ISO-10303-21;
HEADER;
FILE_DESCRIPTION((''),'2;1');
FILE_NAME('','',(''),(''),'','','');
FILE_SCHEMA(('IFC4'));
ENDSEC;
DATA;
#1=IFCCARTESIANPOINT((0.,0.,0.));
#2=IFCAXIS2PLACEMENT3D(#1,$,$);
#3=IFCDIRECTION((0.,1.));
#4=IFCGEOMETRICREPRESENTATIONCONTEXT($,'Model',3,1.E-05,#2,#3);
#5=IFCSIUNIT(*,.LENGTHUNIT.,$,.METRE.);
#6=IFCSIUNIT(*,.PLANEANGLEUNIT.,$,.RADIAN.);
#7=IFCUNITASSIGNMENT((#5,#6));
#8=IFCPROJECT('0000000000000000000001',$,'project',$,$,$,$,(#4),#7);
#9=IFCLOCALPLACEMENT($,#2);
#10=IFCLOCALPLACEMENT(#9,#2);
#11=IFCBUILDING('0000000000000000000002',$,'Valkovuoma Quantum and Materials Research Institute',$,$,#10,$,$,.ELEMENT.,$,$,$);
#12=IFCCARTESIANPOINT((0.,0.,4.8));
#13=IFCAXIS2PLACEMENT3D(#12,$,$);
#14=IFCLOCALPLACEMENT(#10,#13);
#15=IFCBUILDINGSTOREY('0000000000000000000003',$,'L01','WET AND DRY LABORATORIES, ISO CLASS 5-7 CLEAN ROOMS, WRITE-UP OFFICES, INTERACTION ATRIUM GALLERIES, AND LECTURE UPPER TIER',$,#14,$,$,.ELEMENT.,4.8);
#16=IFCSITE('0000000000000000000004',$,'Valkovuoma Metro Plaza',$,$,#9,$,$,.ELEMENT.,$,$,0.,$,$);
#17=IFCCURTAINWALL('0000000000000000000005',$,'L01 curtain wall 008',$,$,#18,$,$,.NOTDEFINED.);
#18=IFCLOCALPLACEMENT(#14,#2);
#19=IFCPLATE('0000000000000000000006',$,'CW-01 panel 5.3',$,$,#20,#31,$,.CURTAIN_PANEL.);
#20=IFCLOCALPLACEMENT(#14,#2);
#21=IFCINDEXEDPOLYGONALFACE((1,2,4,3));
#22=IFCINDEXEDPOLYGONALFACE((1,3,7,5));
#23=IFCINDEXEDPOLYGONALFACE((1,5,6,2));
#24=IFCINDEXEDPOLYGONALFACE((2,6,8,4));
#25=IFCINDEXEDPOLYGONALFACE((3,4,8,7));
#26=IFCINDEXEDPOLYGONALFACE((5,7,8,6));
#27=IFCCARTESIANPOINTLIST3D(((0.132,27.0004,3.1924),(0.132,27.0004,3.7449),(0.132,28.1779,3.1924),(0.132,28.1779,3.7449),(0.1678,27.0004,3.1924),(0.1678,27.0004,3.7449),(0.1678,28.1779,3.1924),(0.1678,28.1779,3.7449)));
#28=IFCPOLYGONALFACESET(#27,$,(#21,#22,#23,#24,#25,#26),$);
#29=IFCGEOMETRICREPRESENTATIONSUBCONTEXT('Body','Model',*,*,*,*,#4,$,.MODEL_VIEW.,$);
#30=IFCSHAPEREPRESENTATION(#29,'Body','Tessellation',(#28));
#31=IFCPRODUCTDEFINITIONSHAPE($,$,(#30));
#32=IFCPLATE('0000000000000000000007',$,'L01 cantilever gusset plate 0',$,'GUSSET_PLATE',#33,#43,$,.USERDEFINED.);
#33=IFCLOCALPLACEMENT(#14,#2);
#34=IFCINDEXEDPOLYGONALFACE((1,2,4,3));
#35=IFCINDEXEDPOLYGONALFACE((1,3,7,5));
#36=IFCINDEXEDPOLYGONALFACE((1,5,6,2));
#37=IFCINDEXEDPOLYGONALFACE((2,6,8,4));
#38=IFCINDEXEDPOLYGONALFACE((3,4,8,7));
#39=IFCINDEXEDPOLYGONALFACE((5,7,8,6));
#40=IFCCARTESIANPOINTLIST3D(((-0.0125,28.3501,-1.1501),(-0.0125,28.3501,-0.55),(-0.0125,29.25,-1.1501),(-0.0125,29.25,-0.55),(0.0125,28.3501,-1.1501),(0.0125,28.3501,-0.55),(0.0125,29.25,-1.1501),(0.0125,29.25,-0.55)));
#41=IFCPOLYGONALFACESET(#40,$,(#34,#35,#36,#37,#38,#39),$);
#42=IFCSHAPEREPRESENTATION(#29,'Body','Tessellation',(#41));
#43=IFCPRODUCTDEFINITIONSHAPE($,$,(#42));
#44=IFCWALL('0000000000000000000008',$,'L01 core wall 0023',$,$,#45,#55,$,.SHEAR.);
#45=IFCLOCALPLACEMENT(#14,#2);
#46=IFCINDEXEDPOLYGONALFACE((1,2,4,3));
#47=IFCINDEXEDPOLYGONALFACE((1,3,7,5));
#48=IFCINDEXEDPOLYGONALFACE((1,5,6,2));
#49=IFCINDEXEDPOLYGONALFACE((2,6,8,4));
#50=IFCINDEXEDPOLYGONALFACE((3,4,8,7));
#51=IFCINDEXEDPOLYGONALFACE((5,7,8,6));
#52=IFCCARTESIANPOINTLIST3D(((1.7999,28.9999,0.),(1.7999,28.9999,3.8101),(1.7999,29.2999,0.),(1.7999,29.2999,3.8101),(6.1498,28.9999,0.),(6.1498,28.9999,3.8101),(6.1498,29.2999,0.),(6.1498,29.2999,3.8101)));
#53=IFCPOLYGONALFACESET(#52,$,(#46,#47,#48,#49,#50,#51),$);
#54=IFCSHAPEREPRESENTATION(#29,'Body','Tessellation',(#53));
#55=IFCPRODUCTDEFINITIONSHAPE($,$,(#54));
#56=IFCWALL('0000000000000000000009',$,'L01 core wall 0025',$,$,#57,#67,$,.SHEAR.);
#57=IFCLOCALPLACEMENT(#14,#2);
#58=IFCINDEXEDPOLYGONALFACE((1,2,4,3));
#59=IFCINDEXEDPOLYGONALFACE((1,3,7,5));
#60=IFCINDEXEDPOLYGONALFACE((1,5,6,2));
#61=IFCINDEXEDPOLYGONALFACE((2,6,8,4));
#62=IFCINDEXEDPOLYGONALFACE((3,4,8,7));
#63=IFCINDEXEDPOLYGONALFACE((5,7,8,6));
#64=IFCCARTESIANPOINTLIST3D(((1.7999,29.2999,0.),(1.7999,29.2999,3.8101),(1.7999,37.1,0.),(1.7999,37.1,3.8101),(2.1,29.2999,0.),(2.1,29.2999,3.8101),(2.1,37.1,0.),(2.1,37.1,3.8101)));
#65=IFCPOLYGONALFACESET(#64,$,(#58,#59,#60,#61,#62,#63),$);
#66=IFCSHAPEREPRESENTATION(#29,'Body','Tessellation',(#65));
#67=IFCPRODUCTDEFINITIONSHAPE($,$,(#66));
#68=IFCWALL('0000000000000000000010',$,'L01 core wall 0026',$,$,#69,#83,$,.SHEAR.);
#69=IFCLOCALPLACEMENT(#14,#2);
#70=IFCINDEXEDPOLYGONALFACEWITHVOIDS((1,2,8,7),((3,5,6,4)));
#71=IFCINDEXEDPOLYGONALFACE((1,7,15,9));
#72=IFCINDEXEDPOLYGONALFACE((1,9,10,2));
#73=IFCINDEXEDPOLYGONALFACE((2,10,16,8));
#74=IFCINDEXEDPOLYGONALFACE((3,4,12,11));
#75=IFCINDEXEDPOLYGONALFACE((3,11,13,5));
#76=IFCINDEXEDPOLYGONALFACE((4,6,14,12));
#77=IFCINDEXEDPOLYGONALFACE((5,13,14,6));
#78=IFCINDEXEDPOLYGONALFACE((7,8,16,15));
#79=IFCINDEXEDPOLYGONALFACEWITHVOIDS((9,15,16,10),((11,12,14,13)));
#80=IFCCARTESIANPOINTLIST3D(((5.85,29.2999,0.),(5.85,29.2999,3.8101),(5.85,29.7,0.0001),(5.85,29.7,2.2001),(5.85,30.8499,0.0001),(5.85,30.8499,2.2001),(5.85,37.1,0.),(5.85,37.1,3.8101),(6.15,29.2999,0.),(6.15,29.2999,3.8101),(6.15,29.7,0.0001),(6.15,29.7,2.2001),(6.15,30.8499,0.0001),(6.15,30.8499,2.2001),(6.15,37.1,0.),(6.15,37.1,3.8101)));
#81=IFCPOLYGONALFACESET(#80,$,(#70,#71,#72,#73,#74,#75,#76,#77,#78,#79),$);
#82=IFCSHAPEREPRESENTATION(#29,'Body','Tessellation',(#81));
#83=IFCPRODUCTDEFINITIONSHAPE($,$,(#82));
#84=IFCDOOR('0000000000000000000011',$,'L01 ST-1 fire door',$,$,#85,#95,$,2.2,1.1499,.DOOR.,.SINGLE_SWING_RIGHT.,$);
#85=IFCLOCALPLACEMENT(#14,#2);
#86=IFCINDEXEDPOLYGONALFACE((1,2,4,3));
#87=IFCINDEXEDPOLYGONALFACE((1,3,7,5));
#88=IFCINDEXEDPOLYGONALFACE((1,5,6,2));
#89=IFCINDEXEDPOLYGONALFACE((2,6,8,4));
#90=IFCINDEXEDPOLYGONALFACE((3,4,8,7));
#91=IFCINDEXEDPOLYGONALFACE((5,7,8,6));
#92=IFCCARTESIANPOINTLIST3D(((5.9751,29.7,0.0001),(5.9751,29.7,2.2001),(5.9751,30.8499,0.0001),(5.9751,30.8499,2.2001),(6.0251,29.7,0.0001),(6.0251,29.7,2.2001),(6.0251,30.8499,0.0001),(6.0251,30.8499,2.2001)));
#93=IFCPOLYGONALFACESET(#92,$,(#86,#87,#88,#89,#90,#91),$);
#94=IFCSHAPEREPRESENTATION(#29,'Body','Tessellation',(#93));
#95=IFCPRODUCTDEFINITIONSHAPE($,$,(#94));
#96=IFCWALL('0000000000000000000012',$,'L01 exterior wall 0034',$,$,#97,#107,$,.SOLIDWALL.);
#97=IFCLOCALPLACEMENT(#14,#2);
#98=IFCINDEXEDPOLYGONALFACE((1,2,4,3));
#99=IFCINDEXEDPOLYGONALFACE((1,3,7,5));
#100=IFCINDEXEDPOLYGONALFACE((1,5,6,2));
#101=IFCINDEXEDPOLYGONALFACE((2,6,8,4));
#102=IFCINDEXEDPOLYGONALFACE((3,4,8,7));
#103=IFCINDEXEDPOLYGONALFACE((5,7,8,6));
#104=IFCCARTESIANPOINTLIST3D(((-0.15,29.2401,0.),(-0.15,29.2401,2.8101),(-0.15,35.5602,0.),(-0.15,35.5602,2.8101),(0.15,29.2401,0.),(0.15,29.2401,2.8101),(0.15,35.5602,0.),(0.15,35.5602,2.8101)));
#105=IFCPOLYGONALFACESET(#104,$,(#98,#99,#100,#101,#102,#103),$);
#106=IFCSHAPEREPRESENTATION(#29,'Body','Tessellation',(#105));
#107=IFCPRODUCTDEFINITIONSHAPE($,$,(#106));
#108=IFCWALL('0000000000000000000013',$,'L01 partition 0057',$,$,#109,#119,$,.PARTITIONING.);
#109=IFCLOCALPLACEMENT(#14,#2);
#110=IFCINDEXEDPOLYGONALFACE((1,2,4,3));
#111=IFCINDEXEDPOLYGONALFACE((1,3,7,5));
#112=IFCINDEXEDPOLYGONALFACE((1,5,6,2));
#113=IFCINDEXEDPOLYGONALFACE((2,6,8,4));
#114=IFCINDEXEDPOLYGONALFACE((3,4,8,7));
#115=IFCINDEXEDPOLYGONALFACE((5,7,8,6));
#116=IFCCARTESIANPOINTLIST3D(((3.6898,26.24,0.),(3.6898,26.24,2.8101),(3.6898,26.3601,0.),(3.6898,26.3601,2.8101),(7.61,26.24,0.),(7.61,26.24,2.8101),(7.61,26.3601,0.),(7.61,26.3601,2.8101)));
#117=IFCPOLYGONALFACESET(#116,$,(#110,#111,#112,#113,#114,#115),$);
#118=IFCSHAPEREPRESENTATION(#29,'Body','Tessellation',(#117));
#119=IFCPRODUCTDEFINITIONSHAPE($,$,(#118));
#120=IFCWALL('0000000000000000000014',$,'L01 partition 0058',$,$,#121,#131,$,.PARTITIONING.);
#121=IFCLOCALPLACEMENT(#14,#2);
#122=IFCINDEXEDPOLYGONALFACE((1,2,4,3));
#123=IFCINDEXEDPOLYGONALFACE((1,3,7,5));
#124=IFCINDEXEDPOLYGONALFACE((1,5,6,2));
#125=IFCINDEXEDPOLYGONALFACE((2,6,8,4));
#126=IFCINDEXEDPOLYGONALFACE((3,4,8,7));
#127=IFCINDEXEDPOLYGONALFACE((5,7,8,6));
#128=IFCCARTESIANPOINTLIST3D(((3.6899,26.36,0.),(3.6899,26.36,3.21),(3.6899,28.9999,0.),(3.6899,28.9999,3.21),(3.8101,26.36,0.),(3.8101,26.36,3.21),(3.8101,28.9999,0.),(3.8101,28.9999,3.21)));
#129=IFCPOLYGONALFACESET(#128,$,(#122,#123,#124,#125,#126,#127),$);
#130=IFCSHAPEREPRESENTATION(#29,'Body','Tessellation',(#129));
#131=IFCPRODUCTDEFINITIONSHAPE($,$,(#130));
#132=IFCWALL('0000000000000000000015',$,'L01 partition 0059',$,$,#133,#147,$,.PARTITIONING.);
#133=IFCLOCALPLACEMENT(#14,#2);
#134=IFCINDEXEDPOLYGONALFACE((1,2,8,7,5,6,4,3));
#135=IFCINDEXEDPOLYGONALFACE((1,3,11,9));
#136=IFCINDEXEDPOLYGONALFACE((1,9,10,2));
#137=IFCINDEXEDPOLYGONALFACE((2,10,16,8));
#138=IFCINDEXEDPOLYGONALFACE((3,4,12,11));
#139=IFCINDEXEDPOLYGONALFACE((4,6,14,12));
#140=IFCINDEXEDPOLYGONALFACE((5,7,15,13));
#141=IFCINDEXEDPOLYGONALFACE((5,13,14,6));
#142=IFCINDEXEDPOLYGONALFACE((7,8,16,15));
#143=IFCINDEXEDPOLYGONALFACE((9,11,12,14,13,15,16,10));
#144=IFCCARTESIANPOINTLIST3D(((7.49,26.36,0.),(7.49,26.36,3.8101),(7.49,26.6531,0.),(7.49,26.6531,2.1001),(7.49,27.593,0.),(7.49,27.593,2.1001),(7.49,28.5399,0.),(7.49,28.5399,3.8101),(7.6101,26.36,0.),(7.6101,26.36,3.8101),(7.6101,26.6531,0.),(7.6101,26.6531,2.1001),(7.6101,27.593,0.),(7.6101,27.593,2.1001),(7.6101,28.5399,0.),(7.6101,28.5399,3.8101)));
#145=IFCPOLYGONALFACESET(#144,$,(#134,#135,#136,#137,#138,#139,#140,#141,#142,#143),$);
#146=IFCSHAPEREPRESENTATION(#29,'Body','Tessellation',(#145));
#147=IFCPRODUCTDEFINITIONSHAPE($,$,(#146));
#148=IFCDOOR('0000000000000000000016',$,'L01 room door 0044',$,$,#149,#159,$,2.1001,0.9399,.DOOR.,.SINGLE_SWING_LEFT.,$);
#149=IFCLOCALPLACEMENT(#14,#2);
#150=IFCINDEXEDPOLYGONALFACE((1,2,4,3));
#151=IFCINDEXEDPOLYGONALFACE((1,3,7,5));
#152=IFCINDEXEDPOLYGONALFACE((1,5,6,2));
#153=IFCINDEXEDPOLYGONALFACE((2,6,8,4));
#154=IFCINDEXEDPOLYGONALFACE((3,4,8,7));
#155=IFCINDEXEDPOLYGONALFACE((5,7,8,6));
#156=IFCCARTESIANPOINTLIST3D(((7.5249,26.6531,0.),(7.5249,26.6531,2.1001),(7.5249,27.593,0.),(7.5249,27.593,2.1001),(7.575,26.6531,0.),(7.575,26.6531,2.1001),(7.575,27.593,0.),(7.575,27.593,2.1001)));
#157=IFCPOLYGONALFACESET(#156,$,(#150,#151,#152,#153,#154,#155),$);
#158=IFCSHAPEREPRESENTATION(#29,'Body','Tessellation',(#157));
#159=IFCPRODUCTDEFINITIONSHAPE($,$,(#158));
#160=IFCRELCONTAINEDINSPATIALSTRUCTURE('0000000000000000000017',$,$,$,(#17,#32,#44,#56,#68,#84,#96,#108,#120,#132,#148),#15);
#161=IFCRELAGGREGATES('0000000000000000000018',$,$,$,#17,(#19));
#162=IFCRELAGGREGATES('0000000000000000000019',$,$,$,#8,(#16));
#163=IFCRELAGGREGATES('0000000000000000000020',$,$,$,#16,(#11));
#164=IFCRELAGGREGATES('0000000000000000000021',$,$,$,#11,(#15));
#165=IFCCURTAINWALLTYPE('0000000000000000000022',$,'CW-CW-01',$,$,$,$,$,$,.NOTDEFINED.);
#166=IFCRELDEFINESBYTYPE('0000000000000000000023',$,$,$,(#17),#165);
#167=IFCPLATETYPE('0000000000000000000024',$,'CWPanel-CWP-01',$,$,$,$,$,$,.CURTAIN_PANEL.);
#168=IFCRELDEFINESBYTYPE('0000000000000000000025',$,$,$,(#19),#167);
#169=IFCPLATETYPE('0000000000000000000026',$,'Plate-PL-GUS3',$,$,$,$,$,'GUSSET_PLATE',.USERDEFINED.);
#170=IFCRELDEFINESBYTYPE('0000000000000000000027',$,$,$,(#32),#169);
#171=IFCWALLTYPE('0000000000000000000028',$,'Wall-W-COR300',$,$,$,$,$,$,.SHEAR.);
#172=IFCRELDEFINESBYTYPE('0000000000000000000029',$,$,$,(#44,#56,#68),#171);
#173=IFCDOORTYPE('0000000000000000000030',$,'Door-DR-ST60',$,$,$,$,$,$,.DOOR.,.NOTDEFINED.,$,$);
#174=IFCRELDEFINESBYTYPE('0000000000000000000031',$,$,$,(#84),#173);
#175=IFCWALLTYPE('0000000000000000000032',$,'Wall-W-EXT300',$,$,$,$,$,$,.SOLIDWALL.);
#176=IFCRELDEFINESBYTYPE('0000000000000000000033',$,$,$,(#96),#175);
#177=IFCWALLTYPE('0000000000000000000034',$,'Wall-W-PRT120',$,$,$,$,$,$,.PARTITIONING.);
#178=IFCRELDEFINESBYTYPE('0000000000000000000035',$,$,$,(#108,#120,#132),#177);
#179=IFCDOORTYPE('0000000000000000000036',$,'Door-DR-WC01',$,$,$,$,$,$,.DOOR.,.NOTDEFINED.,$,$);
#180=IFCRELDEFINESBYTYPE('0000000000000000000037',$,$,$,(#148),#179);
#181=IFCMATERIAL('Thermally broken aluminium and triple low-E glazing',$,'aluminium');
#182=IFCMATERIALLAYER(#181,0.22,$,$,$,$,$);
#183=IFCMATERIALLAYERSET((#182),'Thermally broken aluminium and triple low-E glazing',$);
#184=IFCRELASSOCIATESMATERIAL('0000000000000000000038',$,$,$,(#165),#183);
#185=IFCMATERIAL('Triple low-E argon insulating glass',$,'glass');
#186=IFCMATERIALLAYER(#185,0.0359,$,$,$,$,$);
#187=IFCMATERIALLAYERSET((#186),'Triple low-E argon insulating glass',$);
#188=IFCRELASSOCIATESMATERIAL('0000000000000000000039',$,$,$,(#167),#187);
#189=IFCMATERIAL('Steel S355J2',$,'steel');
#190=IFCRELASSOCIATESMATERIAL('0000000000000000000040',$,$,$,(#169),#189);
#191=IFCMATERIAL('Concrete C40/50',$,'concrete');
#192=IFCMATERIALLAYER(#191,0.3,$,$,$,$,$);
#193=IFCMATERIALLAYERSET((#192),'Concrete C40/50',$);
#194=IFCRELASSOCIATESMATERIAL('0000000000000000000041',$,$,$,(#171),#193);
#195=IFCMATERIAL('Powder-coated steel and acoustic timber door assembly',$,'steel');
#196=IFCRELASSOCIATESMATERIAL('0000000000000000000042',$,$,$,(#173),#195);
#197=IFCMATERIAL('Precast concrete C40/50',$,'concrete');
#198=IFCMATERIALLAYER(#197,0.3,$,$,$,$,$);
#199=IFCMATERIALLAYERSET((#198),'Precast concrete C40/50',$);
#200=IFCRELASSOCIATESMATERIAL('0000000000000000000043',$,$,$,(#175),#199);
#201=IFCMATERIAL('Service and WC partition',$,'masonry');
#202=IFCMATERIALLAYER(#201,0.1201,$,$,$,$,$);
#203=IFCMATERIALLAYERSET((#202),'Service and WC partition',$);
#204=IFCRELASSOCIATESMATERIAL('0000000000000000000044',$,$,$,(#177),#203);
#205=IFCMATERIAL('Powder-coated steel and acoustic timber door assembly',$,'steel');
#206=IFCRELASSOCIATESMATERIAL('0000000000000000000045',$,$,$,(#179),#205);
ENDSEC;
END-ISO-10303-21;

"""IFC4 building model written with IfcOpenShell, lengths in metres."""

from ifc_helpers import new_model, si_unit, direction, frame, frame_2d, origin, origin_2d, place, context, subcontext, project, spatial, rectangle, extrude, material, layer, layer_set, type_object, element, fill, aggregate, save


model = new_model("IFC4")

# Units and contexts
model_context = context("Model", 3, precision=1e-05, world=origin(), true_north=direction((0.0, 1.0)))
body_context = subcontext(model_context, "Body", "Model", "MODEL_VIEW")
ifc_project = project(units=[si_unit("LENGTHUNIT", "METRE"), si_unit("PLANEANGLEUNIT", "RADIAN")], contexts=[model_context])

# Site, building, storey
site_placement = place(None, origin())
site = spatial("IfcSite", under=ifc_project, at=site_placement, Name="Valkovuoma Metro Plaza", CompositionType="ELEMENT", RefElevation=0.0)
building_placement = place(site_placement, origin())
building = spatial("IfcBuilding", under=site, at=building_placement, Name="Valkovuoma Quantum and Materials Research Institute", CompositionType="ELEMENT")
storey_placement = place(building_placement, frame((0.0, 0.0, 4.8)))
storey = spatial("IfcBuildingStorey", under=building, at=storey_placement, Name="L01", Description="WET AND DRY LABORATORIES, ISO CLASS 5-7 CLEAN ROOMS, WRITE-UP OFFICES, INTERACTION ATRIUM GALLERIES, AND LECTURE UPPER TIER", CompositionType="ELEMENT", Elevation=4.8)

# Curtain wall
ifc_material_1 = material(Name="Thermally broken aluminium and triple low-E glazing", Category="aluminium")
ifc_layer_1 = layer(ifc_material_1, 0.22)
ifc_layer_set_1 = layer_set([ifc_layer_1], Name="Thermally broken aluminium and triple low-E glazing")
curtain_wall_type = type_object("IfcCurtainWallType", Name="CW-CW-01", PredefinedType="NOTDEFINED", material=ifc_layer_set_1)
curtain_wall_placement = place(storey_placement, origin())
curtain_wall = element("IfcCurtainWall", 1, at=curtain_wall_placement, inside=storey, type_object=curtain_wall_type, Name="L01 curtain wall 008", PredefinedType="NOTDEFINED")

# Plates
ifc_material_2 = material(Name="Triple low-E argon insulating glass", Category="glass")
ifc_layer_2 = layer(ifc_material_2, 0.0359)
ifc_layer_set_2 = layer_set([ifc_layer_2], Name="Triple low-E argon insulating glass")
plate_type_1 = type_object("IfcPlateType", Name="CWPanel-CWP-01", PredefinedType="CURTAIN_PANEL", material=ifc_layer_set_2)
plate_1_placement = place(storey_placement, frame((0.1499, 27.5891, 3.1924), z_axis=(0.0, 0.0, 1.0), x_axis=(0.0, 1.0, 0.0)))
plate_1 = element("IfcPlate", 2, at=plate_1_placement, type_object=plate_type_1, Name="CW-01 panel 5.3", PredefinedType="CURTAIN_PANEL", context=body_context, shape_type="SweptSolid", body=[
    extrude(rectangle(XDim=1.1775, YDim=0.0359, at=origin_2d()), origin(), (0.0, 0.0, 1.0), 0.5525),
])
aggregate(curtain_wall, [plate_1])
ifc_material_3 = material(Name="Steel S355J2", Category="steel")
plate_type_2 = type_object("IfcPlateType", Name="Plate-PL-GUS3", ElementType="GUSSET_PLATE", PredefinedType="USERDEFINED", material=ifc_material_3)
plate_2_placement = place(storey_placement, frame((0.0, 28.8, -1.1501), z_axis=(0.0, 0.0, 1.0), x_axis=(0.0, 1.0, 0.0)))
element("IfcPlate", 3, at=plate_2_placement, inside=storey, type_object=plate_type_2, Name="L01 cantilever gusset plate 0", ObjectType="GUSSET_PLATE", PredefinedType="USERDEFINED", context=body_context, shape_type="SweptSolid", body=[
    extrude(rectangle(XDim=0.8999, YDim=0.0249, at=origin_2d()), origin(), (0.0, 0.0, 1.0), 0.6001),
])

# Walls
ifc_material_4 = material(Name="Concrete C40/50", Category="concrete")
ifc_layer_3 = layer(ifc_material_4, 0.3)
ifc_layer_set_3 = layer_set([ifc_layer_3], Name="Concrete C40/50")
wall_type_1 = type_object("IfcWallType", Name="Wall-W-COR300", PredefinedType="SHEAR", material=ifc_layer_set_3)
wall_1_placement = place(storey_placement, frame((1.8, 29.1499, 0.0), z_axis=(0.0, 0.0, 1.0), x_axis=(1.0, 0.0, 0.0)))
element("IfcWall", 4, at=wall_1_placement, inside=storey, type_object=wall_type_1, Name="L01 core wall 0023", PredefinedType="SHEAR", context=body_context, shape_type="SweptSolid", body=[
    extrude(rectangle(XDim=4.3499, YDim=0.3, at=frame_2d((2.1748, 0.0))), origin(), (0.0, 0.0, 1.0), 3.8101),
])
wall_2_placement = place(storey_placement, frame((1.95, 29.3, 0.0), z_axis=(0.0, 0.0, 1.0), x_axis=(0.0, 1.0, 0.0)))
element("IfcWall", 5, at=wall_2_placement, inside=storey, type_object=wall_type_1, Name="L01 core wall 0025", PredefinedType="SHEAR", context=body_context, shape_type="SweptSolid", body=[
    extrude(rectangle(XDim=7.8, YDim=0.3, at=frame_2d((3.8999, 0.0))), origin(), (0.0, 0.0, 1.0), 3.8101),
])

# Wall, opening, door
wall_3_placement = place(storey_placement, frame((6.0, 29.3, 0.0), z_axis=(0.0, 0.0, 1.0), x_axis=(0.0, 1.0, 0.0)))
wall_3 = element("IfcWall", 6, at=wall_3_placement, inside=storey, type_object=wall_type_1, Name="L01 core wall 0026", PredefinedType="SHEAR", context=body_context, shape_type="SweptSolid", body=[
    extrude(rectangle(XDim=7.8, YDim=0.3, at=frame_2d((3.8999, 0.0))), origin(), (0.0, 0.0, 1.0), 3.8101),
])
opening_1_placement = place(wall_3_placement, frame((0.3999, 0.0, 0.0)))
opening_1 = element("IfcOpeningElement", 7, at=opening_1_placement, cuts=wall_3, PredefinedType="OPENING", context=body_context, shape_type="SweptSolid", body=[
    extrude(rectangle(XDim=1.1499, YDim=2.2, at=frame_2d((0.575, 1.1001))), frame((0.0, 0.1602, 0.0), z_axis=(0.0, -1.0, 0.0), x_axis=(1.0, 0.0, 0.0)), (0.0, 0.0, 1.0), 0.3201),
])
ifc_material_5 = material(Name="Powder-coated steel and acoustic timber door assembly", Category="steel")
door_type_1 = type_object("IfcDoorType", Name="Door-DR-ST60", OperationType="NOTDEFINED", PredefinedType="DOOR", material=ifc_material_5)
door_1_placement = place(opening_1_placement, origin())
door_1 = element("IfcDoor", 8, at=door_1_placement, inside=storey, type_object=door_type_1, Name="L01 ST-1 fire door", OperationType="SINGLE_SWING_RIGHT", OverallHeight=2.2, OverallWidth=1.1499, PredefinedType="DOOR", context=body_context, shape_type="SweptSolid", body=[
    extrude(rectangle(XDim=1.1499, YDim=2.2, at=frame_2d((0.575, 1.1001))), frame((0.0, 0.0249, 0.0), z_axis=(0.0, -1.0, 0.0), x_axis=(1.0, 0.0, 0.0)), (0.0, 0.0, 1.0), 0.05),
])
fill(opening_1, door_1)

# Walls
ifc_material_6 = material(Name="Precast concrete C40/50", Category="concrete")
ifc_layer_4 = layer(ifc_material_6, 0.3)
ifc_layer_set_4 = layer_set([ifc_layer_4], Name="Precast concrete C40/50")
wall_type_2 = type_object("IfcWallType", Name="Wall-W-EXT300", PredefinedType="SOLIDWALL", material=ifc_layer_set_4)
wall_4_placement = place(storey_placement, frame((0.0, 29.24, 0.0), z_axis=(0.0, 0.0, 1.0), x_axis=(0.0, 1.0, 0.0)))
element("IfcWall", 9, at=wall_4_placement, inside=storey, type_object=wall_type_2, Name="L01 exterior wall 0034", PredefinedType="SOLIDWALL", context=body_context, shape_type="SweptSolid", body=[
    extrude(rectangle(XDim=6.3201, YDim=0.3, at=frame_2d((3.1602, 0.0))), origin(), (0.0, 0.0, 1.0), 2.8101),
])
ifc_material_7 = material(Name="Service and WC partition", Category="masonry")
ifc_layer_5 = layer(ifc_material_7, 0.1201)
ifc_layer_set_5 = layer_set([ifc_layer_5], Name="Service and WC partition")
wall_type_3 = type_object("IfcWallType", Name="Wall-W-PRT120", PredefinedType="PARTITIONING", material=ifc_layer_set_5)
wall_5_placement = place(storey_placement, frame((3.6899, 26.3, 0.0), z_axis=(0.0, 0.0, 1.0), x_axis=(1.0, 0.0, 0.0)))
element("IfcWall", 10, at=wall_5_placement, inside=storey, type_object=wall_type_3, Name="L01 partition 0057", PredefinedType="PARTITIONING", context=body_context, shape_type="SweptSolid", body=[
    extrude(rectangle(XDim=3.9202, YDim=0.1201, at=frame_2d((1.96, 0.0))), origin(), (0.0, 0.0, 1.0), 2.8101),
])
wall_6_placement = place(storey_placement, frame((3.75, 26.3601, 0.0), z_axis=(0.0, 0.0, 1.0), x_axis=(0.0, 1.0, 0.0)))
element("IfcWall", 11, at=wall_6_placement, inside=storey, type_object=wall_type_3, Name="L01 partition 0058", PredefinedType="PARTITIONING", context=body_context, shape_type="SweptSolid", body=[
    extrude(rectangle(XDim=2.6399, YDim=0.1201, at=frame_2d((1.3198, 0.0))), origin(), (0.0, 0.0, 1.0), 3.21),
])

# Wall, opening, door
wall_7_placement = place(storey_placement, frame((7.55, 26.3601, 0.0), z_axis=(0.0, 0.0, 1.0), x_axis=(0.0, 1.0, 0.0)))
wall_7 = element("IfcWall", 12, at=wall_7_placement, inside=storey, type_object=wall_type_3, Name="L01 partition 0059", PredefinedType="PARTITIONING", context=body_context, shape_type="SweptSolid", body=[
    extrude(rectangle(XDim=2.1799, YDim=0.1201, at=frame_2d((1.0898, 0.0))), origin(), (0.0, 0.0, 1.0), 3.8101),
])
opening_2_placement = place(wall_7_placement, frame((0.293, 0.0, 0.0)))
opening_2 = element("IfcOpeningElement", 13, at=opening_2_placement, cuts=wall_7, PredefinedType="OPENING", context=body_context, shape_type="SweptSolid", body=[
    extrude(rectangle(XDim=0.9399, YDim=2.1001, at=frame_2d((0.47, 1.05))), frame((0.0, 0.0701, 0.0), z_axis=(0.0, -1.0, 0.0), x_axis=(1.0, 0.0, 0.0)), (0.0, 0.0, 1.0), 0.1401),
])
ifc_material_8 = material(Name="Powder-coated steel and acoustic timber door assembly", Category="steel")
door_type_2 = type_object("IfcDoorType", Name="Door-DR-WC01", OperationType="NOTDEFINED", PredefinedType="DOOR", material=ifc_material_8)
door_2_placement = place(opening_2_placement, frame((0.9399, 0.0, 0.0), z_axis=(0.0, 0.0, 1.0), x_axis=(-1.0, 0.0, 0.0)))
door_2 = element("IfcDoor", 14, at=door_2_placement, inside=storey, type_object=door_type_2, Name="L01 room door 0044", OperationType="SINGLE_SWING_LEFT", OverallHeight=2.1001, OverallWidth=0.9399, PredefinedType="DOOR", context=body_context, shape_type="SweptSolid", body=[
    extrude(rectangle(XDim=0.9399, YDim=2.1001, at=frame_2d((0.47, 1.05))), frame((0.0, 0.0249, 0.0), z_axis=(0.0, -1.0, 0.0), x_axis=(1.0, 0.0, 0.0)), (0.0, 0.0, 1.0), 0.05),
])
fill(opening_2, door_2)

save(model, "model.ifc")
